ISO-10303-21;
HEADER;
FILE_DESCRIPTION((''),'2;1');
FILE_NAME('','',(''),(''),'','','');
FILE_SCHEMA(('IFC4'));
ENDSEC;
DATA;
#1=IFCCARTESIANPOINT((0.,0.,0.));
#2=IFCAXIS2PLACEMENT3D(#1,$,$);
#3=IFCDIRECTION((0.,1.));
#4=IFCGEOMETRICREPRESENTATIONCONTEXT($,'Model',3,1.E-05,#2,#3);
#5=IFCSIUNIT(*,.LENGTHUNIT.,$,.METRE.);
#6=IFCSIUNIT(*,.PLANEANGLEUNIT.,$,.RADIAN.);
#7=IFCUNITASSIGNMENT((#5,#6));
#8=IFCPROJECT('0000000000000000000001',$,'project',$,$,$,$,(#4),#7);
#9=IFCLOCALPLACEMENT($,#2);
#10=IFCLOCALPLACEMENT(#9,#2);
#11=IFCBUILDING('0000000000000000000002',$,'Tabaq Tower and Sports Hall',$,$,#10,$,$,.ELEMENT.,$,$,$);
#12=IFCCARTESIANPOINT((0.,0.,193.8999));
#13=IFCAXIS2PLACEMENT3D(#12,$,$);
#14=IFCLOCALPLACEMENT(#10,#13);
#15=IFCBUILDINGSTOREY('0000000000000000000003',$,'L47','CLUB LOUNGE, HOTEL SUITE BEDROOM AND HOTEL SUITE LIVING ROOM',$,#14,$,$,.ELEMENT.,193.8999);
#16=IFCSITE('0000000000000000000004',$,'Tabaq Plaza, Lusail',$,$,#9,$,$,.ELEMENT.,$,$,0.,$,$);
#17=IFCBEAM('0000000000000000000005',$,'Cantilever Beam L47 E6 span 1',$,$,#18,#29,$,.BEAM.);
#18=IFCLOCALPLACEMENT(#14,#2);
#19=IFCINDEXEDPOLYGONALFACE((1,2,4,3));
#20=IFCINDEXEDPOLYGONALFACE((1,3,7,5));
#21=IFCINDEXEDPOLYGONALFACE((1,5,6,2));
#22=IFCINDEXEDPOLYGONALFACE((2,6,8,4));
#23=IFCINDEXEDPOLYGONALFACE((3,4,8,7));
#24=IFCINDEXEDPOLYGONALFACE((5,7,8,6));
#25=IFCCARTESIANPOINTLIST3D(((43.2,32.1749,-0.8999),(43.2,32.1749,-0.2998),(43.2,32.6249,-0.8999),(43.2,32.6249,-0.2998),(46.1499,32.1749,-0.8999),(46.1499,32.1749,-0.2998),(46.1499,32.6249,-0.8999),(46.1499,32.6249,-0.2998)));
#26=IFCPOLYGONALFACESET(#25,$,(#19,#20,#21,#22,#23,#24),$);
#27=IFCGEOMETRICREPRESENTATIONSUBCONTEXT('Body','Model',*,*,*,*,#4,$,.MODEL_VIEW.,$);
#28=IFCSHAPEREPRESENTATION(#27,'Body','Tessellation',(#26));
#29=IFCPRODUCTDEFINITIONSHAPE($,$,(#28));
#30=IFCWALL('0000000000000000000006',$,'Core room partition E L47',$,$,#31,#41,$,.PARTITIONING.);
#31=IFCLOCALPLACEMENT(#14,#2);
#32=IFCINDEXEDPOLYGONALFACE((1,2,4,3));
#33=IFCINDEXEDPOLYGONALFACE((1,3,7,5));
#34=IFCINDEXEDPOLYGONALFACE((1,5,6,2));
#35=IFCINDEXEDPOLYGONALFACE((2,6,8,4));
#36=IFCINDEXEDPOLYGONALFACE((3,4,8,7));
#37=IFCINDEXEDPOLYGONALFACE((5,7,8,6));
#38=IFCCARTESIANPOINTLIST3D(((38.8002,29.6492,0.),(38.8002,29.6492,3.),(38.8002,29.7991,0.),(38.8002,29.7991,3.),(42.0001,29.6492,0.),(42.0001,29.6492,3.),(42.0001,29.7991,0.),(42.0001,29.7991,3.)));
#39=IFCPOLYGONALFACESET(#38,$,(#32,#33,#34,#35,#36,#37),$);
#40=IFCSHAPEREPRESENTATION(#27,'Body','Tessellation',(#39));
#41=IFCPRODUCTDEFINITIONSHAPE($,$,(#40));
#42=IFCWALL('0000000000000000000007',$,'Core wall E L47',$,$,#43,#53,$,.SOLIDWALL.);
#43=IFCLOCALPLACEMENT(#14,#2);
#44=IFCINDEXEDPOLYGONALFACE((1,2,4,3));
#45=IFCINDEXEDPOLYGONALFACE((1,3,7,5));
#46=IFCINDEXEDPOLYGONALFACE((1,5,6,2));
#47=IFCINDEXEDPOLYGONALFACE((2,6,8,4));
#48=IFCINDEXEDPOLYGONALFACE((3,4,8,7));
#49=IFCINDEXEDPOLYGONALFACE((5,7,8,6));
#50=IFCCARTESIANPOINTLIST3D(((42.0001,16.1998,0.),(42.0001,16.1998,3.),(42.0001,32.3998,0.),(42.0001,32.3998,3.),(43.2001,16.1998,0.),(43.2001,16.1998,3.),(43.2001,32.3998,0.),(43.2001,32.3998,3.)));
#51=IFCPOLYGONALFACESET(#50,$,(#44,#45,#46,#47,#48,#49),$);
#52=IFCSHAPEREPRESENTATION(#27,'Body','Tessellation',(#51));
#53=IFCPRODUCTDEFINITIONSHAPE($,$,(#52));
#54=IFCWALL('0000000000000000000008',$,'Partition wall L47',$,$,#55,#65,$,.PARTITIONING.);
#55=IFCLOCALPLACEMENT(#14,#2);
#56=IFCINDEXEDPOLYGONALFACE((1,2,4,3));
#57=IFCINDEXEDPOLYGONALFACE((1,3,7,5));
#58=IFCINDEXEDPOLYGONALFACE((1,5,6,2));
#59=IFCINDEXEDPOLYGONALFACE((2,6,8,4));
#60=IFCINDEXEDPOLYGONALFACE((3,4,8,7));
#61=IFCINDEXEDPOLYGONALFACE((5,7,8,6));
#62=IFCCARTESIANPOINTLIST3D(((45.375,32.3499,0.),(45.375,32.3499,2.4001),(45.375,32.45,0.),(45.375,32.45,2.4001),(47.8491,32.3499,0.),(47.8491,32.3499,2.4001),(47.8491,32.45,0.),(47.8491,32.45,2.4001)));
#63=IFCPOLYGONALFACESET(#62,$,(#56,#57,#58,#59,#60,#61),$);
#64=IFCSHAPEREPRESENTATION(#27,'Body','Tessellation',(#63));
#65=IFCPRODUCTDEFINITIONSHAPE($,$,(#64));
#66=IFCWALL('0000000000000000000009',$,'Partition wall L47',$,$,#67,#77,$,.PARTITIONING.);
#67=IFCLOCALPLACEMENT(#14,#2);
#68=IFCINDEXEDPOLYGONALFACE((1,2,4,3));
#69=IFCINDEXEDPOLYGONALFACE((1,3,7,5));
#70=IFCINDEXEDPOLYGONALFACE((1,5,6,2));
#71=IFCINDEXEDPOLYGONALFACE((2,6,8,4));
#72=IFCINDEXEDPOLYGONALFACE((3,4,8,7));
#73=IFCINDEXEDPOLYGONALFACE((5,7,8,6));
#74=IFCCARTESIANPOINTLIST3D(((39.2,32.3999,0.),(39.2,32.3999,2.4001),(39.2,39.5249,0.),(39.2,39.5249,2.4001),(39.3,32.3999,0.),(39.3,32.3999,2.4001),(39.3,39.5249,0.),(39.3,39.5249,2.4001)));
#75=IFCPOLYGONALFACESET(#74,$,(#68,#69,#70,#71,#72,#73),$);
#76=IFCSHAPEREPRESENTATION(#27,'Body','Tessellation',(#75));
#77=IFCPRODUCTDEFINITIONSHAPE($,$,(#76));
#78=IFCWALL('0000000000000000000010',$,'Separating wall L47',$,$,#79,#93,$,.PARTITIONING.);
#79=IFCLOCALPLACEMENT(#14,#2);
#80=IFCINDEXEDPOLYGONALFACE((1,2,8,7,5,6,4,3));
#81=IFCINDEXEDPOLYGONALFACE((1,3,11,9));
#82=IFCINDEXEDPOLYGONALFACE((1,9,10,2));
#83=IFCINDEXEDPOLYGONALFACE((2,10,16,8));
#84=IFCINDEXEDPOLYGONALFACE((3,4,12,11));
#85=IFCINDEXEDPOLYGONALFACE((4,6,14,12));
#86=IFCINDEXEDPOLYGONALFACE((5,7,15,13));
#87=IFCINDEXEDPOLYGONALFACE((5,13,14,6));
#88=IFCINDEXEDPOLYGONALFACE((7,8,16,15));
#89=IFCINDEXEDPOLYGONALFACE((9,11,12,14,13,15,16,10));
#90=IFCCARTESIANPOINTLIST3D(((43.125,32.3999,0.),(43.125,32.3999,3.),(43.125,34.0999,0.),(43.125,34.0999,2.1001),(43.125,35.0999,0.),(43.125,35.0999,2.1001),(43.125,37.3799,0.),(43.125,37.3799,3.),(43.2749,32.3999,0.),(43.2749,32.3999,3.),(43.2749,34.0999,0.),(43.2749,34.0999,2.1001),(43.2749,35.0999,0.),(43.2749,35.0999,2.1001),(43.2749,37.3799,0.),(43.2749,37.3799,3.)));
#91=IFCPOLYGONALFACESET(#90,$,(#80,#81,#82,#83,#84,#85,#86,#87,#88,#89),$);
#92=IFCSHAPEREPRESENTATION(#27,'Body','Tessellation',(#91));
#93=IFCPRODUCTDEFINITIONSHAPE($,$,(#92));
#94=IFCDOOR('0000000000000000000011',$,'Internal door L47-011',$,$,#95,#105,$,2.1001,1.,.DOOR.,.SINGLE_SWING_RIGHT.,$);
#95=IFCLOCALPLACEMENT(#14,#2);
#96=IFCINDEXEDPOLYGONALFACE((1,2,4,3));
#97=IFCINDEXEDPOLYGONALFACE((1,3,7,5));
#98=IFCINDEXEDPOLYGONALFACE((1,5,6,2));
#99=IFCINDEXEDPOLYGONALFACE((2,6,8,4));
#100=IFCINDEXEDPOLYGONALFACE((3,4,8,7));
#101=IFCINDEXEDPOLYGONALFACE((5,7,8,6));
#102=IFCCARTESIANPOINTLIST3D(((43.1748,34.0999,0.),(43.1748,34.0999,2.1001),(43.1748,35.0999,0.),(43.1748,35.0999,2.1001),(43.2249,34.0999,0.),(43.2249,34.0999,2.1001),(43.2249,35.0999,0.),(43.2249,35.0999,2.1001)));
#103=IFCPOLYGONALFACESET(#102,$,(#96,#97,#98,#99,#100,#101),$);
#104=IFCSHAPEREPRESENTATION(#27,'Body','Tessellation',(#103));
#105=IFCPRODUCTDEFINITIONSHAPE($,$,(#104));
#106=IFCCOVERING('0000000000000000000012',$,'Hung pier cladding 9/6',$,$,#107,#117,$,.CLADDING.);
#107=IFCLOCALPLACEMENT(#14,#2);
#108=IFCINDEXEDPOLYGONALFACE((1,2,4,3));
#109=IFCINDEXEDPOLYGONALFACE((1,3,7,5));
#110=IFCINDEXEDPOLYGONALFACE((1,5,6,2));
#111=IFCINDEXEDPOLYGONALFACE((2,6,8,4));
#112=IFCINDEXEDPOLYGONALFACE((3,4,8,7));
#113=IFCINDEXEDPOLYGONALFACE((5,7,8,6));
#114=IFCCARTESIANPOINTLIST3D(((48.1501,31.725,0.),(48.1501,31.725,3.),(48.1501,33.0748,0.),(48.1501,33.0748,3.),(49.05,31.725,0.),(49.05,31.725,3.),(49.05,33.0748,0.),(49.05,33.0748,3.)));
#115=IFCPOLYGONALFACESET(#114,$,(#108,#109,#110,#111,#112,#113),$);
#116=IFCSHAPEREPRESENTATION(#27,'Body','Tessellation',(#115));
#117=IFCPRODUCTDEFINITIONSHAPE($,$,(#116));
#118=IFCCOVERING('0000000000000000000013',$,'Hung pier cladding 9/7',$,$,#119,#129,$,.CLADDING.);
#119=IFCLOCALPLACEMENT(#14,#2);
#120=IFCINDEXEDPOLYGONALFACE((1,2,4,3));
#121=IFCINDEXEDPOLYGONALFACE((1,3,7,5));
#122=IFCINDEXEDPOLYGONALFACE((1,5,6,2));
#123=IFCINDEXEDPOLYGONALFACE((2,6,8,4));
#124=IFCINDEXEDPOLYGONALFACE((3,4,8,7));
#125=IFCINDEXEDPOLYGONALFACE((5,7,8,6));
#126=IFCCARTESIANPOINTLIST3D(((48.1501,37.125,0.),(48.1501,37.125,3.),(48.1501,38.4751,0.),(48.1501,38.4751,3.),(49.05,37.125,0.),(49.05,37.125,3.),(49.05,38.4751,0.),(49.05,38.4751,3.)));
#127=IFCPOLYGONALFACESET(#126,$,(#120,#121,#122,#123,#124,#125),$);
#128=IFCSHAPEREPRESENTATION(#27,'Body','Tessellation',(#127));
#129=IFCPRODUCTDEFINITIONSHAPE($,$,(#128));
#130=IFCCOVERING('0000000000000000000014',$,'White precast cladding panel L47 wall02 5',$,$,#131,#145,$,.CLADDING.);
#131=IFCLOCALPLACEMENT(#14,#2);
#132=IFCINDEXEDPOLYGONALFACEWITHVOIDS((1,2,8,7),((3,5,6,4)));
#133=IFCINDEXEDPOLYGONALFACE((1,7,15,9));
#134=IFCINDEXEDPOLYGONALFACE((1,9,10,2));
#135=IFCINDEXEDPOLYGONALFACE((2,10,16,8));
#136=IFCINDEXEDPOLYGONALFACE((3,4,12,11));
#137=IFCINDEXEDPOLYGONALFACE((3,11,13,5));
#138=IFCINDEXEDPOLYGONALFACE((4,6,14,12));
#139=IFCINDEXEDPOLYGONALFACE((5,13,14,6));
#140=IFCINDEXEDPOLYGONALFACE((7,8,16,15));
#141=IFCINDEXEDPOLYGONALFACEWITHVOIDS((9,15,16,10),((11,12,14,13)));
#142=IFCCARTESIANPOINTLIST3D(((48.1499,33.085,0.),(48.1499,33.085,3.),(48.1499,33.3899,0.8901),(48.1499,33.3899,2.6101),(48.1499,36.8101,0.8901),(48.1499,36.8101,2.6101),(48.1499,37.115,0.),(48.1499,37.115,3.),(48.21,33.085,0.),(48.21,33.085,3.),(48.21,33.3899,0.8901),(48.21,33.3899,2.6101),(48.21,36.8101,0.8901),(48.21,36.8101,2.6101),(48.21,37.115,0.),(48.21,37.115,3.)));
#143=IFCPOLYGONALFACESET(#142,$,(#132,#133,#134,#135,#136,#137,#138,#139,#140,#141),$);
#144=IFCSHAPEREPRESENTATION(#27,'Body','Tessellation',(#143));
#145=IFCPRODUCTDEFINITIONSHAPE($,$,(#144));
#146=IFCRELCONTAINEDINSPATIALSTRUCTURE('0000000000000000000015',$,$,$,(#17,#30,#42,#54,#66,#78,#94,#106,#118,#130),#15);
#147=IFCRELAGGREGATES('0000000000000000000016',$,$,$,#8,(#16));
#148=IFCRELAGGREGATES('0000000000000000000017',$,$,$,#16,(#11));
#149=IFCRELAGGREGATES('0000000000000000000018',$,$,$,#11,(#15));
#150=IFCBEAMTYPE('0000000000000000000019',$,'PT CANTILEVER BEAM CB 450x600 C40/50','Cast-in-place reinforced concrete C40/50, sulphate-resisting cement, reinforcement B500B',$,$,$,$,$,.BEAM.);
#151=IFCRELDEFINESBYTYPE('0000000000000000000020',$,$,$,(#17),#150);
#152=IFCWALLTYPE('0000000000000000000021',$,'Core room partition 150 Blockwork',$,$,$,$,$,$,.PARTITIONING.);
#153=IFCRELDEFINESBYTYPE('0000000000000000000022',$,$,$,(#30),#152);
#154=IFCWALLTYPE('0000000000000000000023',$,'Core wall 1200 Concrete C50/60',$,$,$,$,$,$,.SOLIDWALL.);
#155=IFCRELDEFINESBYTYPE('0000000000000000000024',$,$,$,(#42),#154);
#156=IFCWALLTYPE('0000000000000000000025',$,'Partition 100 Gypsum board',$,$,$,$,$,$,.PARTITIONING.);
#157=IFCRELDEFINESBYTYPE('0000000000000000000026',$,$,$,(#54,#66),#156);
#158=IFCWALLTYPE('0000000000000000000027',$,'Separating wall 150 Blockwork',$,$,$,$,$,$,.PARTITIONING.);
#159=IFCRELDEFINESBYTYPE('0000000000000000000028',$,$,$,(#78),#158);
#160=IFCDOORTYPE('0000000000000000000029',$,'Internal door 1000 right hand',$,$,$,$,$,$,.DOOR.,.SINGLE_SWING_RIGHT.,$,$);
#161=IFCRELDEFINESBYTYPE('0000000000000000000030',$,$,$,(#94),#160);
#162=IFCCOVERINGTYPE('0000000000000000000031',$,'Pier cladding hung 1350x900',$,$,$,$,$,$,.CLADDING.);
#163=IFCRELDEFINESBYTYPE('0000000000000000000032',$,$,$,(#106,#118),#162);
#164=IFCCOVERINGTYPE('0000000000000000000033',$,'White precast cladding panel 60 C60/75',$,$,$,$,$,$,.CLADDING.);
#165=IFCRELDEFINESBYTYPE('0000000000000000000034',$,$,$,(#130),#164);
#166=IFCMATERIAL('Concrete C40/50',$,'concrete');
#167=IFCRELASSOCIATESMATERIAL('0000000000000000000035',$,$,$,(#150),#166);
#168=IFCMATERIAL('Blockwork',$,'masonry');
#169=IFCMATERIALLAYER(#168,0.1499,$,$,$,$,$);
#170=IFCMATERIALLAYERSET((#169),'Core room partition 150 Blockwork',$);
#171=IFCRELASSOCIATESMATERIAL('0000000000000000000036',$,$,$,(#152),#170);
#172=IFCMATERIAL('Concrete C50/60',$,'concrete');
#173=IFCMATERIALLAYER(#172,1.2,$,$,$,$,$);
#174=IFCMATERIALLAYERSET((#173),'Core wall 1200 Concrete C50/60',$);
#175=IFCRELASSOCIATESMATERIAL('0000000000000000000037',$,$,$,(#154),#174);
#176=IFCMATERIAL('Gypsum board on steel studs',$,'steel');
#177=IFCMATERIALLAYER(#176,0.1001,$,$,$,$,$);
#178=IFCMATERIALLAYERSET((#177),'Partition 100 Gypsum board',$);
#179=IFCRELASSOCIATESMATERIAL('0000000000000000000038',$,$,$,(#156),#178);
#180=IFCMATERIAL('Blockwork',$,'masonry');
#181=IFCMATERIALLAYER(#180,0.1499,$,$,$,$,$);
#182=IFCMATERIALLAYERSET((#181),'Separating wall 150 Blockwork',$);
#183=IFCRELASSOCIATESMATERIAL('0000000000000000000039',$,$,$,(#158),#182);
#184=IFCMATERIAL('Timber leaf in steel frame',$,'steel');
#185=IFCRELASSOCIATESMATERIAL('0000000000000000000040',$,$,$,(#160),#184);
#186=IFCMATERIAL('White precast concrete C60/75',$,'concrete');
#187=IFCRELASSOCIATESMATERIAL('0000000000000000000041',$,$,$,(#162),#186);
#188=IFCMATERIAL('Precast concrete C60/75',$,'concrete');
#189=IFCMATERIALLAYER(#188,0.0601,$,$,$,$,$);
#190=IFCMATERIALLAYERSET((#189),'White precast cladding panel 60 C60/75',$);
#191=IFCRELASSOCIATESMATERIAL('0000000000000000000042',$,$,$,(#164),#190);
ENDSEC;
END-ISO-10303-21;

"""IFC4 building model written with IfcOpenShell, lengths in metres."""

from ifc_helpers import new_model, si_unit, direction, frame, frame_2d, origin, origin_2d, place, context, subcontext, project, spatial, polyline, rectangle, outline, extrude, material, layer, layer_set, material_profile, profile_set, type_object, element, fill, save


model = new_model("IFC4")

# Units and contexts
model_context = context("Model", 3, precision=1e-05, world=origin(), true_north=direction((0.0, 1.0)))
body_context = subcontext(model_context, "Body", "Model", "MODEL_VIEW")
ifc_project = project(units=[si_unit("LENGTHUNIT", "METRE"), si_unit("PLANEANGLEUNIT", "RADIAN")], contexts=[model_context])

# Site, building, storey
site_placement = place(None, origin())
site = spatial("IfcSite", under=ifc_project, at=site_placement, Name="Tabaq Plaza, Lusail", CompositionType="ELEMENT", RefElevation=0.0)
building_placement = place(site_placement, origin())
building = spatial("IfcBuilding", under=site, at=building_placement, Name="Tabaq Tower and Sports Hall", CompositionType="ELEMENT")
storey_placement = place(building_placement, frame((0.0, 0.0, 193.8999)))
storey = spatial("IfcBuildingStorey", under=building, at=storey_placement, Name="L47", Description="CLUB LOUNGE, HOTEL SUITE BEDROOM AND HOTEL SUITE LIVING ROOM", CompositionType="ELEMENT", Elevation=193.8999)

# Beam
ifc_material_1 = material(Name="Concrete C40/50", Category="concrete")
ifc_material_profile = material_profile(ifc_material_1, rectangle(XDim=0.45, YDim=0.6001, at=origin_2d()), Name="CB 450x600")
ifc_profile_set = profile_set([ifc_material_profile], Name="Concrete C40/50")
beam_type = type_object("IfcBeamType", Name="PT CANTILEVER BEAM CB 450x600 C40/50", Description="Cast-in-place reinforced concrete C40/50, sulphate-resisting cement, reinforcement B500B", PredefinedType="BEAM", material=ifc_profile_set)
beam_placement = place(storey_placement, frame((46.1499, 32.3999, -0.5999), z_axis=(-1.0, 0.0, 0.0), x_axis=(0.0, -1.0, 0.0)))
element("IfcBeam", 1, at=beam_placement, inside=storey, type_object=beam_type, Name="Cantilever Beam L47 E6 span 1", PredefinedType="BEAM", context=body_context, shape_type="SweptSolid", body=[
    extrude(rectangle(XDim=0.45, YDim=0.6001, at=origin_2d()), origin(), (0.0, 0.0, 1.0), 2.95),
])

# Walls
ifc_material_2 = material(Name="Blockwork", Category="masonry")
ifc_layer_1 = layer(ifc_material_2, 0.1499)
ifc_layer_set_1 = layer_set([ifc_layer_1], Name="Core room partition 150 Blockwork")
wall_type_1 = type_object("IfcWallType", Name="Core room partition 150 Blockwork", PredefinedType="PARTITIONING", material=ifc_layer_set_1)
wall_1_placement = place(storey_placement, frame((38.8, 29.7241, 0.0), z_axis=(0.0, 0.0, 1.0), x_axis=(1.0, 0.0, 0.0)))
element("IfcWall", 2, at=wall_1_placement, inside=storey, type_object=wall_type_1, Name="Core room partition E L47", PredefinedType="PARTITIONING", context=body_context, shape_type="SweptSolid", body=[
    extrude(rectangle(XDim=3.2, YDim=0.1499, at=frame_2d((1.6001, 0.0))), origin(), (0.0, 0.0, 1.0), 3.0),
])
ifc_material_3 = material(Name="Concrete C50/60", Category="concrete")
ifc_layer_2 = layer(ifc_material_3, 1.2)
ifc_layer_set_2 = layer_set([ifc_layer_2], Name="Core wall 1200 Concrete C50/60")
wall_type_2 = type_object("IfcWallType", Name="Core wall 1200 Concrete C50/60", PredefinedType="SOLIDWALL", material=ifc_layer_set_2)
wall_2_placement = place(storey_placement, frame((42.6001, 32.3999, 0.0), z_axis=(0.0, 0.0, 1.0), x_axis=(0.0, -1.0, 0.0)))
element("IfcWall", 3, at=wall_2_placement, inside=storey, type_object=wall_type_2, Name="Core wall E L47", PredefinedType="SOLIDWALL", context=body_context, shape_type="SweptSolid", body=[
    extrude(rectangle(XDim=16.2, YDim=1.2, at=frame_2d((8.1001, 0.0))), origin(), (0.0, 0.0, 1.0), 3.0),
])
ifc_material_4 = material(Name="Gypsum board on steel studs", Category="steel")
ifc_layer_3 = layer(ifc_material_4, 0.1001)
ifc_layer_set_3 = layer_set([ifc_layer_3], Name="Partition 100 Gypsum board")
wall_type_3 = type_object("IfcWallType", Name="Partition 100 Gypsum board", PredefinedType="PARTITIONING", material=ifc_layer_set_3)
wall_3_placement = place(storey_placement, frame((45.375, 32.3999, 0.0), z_axis=(0.0, 0.0, 1.0), x_axis=(1.0, 0.0, 0.0)))
element("IfcWall", 4, at=wall_3_placement, inside=storey, type_object=wall_type_3, Name="Partition wall L47", PredefinedType="PARTITIONING", context=body_context, shape_type="SweptSolid", body=[
    extrude(rectangle(XDim=2.4741, YDim=0.1001, at=frame_2d((1.2371, 0.0))), origin(), (0.0, 0.0, 1.0), 2.4001),
])
wall_4_placement = place(storey_placement, frame((39.25, 32.3999, 0.0), z_axis=(0.0, 0.0, 1.0), x_axis=(0.0, 1.0, 0.0)))
element("IfcWall", 5, at=wall_4_placement, inside=storey, type_object=wall_type_3, Name="Partition wall L47", PredefinedType="PARTITIONING", context=body_context, shape_type="SweptSolid", body=[
    extrude(rectangle(XDim=7.125, YDim=0.1001, at=frame_2d((3.5625, 0.0))), origin(), (0.0, 0.0, 1.0), 2.4001),
])

# Wall, opening, door
ifc_material_5 = material(Name="Blockwork", Category="masonry")
ifc_layer_4 = layer(ifc_material_5, 0.1499)
ifc_layer_set_4 = layer_set([ifc_layer_4], Name="Separating wall 150 Blockwork")
wall_type_4 = type_object("IfcWallType", Name="Separating wall 150 Blockwork", PredefinedType="PARTITIONING", material=ifc_layer_set_4)
wall_5_placement = place(storey_placement, frame((43.2, 37.3799, 0.0), z_axis=(0.0, 0.0, 1.0), x_axis=(0.0, -1.0, 0.0)))
wall_5 = element("IfcWall", 6, at=wall_5_placement, inside=storey, type_object=wall_type_4, Name="Separating wall L47", PredefinedType="PARTITIONING", context=body_context, shape_type="SweptSolid", body=[
    extrude(rectangle(XDim=4.98, YDim=0.1499, at=frame_2d((2.49, 0.0))), origin(), (0.0, 0.0, 1.0), 3.0),
])
opening_placement = place(wall_5_placement, frame((2.28, 0.0, 0.0)))
opening = element("IfcOpeningElement", 7, at=opening_placement, cuts=wall_5, PredefinedType="OPENING", context=body_context, shape_type="SweptSolid", body=[
    extrude(rectangle(XDim=1.0, YDim=2.1001, at=frame_2d((0.5, 1.05))), frame((0.0, 0.075, 0.0), z_axis=(0.0, -1.0, 0.0), x_axis=(1.0, 0.0, 0.0)), (0.0, 0.0, 1.0), 0.1499),
])
ifc_material_6 = material(Name="Timber leaf in steel frame", Category="steel")
door_type = type_object("IfcDoorType", Name="Internal door 1000 right hand", OperationType="SINGLE_SWING_RIGHT", PredefinedType="DOOR", material=ifc_material_6)
door_placement = place(opening_placement, origin())
door = element("IfcDoor", 8, at=door_placement, inside=storey, type_object=door_type, Name="Internal door L47-011", OperationType="SINGLE_SWING_RIGHT", OverallHeight=2.1001, OverallWidth=1.0, PredefinedType="DOOR", context=body_context, shape_type="SweptSolid", body=[
    extrude(rectangle(XDim=1.0, YDim=2.1001, at=frame_2d((0.5, 1.05))), frame((0.0, 0.0249, 0.0), z_axis=(0.0, -1.0, 0.0), x_axis=(1.0, 0.0, 0.0)), (0.0, 0.0, 1.0), 0.05),
])
fill(opening, door)

# Coverings
ifc_material_7 = material(Name="White precast concrete C60/75", Category="concrete")
covering_type_1 = type_object("IfcCoveringType", Name="Pier cladding hung 1350x900", PredefinedType="CLADDING", material=ifc_material_7)
covering_1_placement = place(storey_placement, frame((48.6001, 31.7251, 0.0), z_axis=(0.0, 0.0, 1.0), x_axis=(0.0, 1.0, 0.0)))
element("IfcCovering", 9, at=covering_1_placement, inside=storey, type_object=covering_type_1, Name="Hung pier cladding 9/6", PredefinedType="CLADDING", context=body_context, shape_type="SweptSolid", body=[
    extrude(rectangle(XDim=1.3499, YDim=0.8999, at=frame_2d((0.6748, 0.0))), origin(), (0.0, 0.0, 1.0), 3.0),
])
covering_2_placement = place(storey_placement, frame((48.6001, 37.125, 0.0), z_axis=(0.0, 0.0, 1.0), x_axis=(0.0, 1.0, 0.0)))
element("IfcCovering", 10, at=covering_2_placement, inside=storey, type_object=covering_type_1, Name="Hung pier cladding 9/7", PredefinedType="CLADDING", context=body_context, shape_type="SweptSolid", body=[
    extrude(rectangle(XDim=1.3501, YDim=0.8999, at=frame_2d((0.675, 0.0))), origin(), (0.0, 0.0, 1.0), 3.0),
])
ifc_material_8 = material(Name="Precast concrete C60/75", Category="concrete")
ifc_layer_5 = layer(ifc_material_8, 0.0601)
ifc_layer_set_5 = layer_set([ifc_layer_5], Name="White precast cladding panel 60 C60/75")
covering_type_2 = type_object("IfcCoveringType", Name="White precast cladding panel 60 C60/75", PredefinedType="CLADDING", material=ifc_layer_set_5)
covering_3_placement = place(storey_placement, frame((48.1799, 33.085, 0.0), z_axis=(0.0, 0.0, 1.0), x_axis=(0.0, 1.0, 0.0)))
element("IfcCovering", 11, at=covering_3_placement, inside=storey, type_object=covering_type_2, Name="White precast cladding panel L47 wall02 5", PredefinedType="CLADDING", context=body_context, shape_type="SweptSolid", body=[
    extrude(outline(polyline([(0.0, 0.0), (4.03, 0.0), (4.03, 3.0), (0.0, 3.0), (0.0, 0.0)]), holes=[polyline([(0.3049, 0.8901), (0.3049, 2.6101), (3.7251, 2.6101), (3.7251, 0.8901), (0.3049, 0.8901)])]), frame((0.0, 0.03, 0.0), z_axis=(0.0, -1.0, 0.0), x_axis=(1.0, 0.0, 0.0)), (0.0, 0.0, 1.0), 0.0601),
])

save(model, "model.ifc")
